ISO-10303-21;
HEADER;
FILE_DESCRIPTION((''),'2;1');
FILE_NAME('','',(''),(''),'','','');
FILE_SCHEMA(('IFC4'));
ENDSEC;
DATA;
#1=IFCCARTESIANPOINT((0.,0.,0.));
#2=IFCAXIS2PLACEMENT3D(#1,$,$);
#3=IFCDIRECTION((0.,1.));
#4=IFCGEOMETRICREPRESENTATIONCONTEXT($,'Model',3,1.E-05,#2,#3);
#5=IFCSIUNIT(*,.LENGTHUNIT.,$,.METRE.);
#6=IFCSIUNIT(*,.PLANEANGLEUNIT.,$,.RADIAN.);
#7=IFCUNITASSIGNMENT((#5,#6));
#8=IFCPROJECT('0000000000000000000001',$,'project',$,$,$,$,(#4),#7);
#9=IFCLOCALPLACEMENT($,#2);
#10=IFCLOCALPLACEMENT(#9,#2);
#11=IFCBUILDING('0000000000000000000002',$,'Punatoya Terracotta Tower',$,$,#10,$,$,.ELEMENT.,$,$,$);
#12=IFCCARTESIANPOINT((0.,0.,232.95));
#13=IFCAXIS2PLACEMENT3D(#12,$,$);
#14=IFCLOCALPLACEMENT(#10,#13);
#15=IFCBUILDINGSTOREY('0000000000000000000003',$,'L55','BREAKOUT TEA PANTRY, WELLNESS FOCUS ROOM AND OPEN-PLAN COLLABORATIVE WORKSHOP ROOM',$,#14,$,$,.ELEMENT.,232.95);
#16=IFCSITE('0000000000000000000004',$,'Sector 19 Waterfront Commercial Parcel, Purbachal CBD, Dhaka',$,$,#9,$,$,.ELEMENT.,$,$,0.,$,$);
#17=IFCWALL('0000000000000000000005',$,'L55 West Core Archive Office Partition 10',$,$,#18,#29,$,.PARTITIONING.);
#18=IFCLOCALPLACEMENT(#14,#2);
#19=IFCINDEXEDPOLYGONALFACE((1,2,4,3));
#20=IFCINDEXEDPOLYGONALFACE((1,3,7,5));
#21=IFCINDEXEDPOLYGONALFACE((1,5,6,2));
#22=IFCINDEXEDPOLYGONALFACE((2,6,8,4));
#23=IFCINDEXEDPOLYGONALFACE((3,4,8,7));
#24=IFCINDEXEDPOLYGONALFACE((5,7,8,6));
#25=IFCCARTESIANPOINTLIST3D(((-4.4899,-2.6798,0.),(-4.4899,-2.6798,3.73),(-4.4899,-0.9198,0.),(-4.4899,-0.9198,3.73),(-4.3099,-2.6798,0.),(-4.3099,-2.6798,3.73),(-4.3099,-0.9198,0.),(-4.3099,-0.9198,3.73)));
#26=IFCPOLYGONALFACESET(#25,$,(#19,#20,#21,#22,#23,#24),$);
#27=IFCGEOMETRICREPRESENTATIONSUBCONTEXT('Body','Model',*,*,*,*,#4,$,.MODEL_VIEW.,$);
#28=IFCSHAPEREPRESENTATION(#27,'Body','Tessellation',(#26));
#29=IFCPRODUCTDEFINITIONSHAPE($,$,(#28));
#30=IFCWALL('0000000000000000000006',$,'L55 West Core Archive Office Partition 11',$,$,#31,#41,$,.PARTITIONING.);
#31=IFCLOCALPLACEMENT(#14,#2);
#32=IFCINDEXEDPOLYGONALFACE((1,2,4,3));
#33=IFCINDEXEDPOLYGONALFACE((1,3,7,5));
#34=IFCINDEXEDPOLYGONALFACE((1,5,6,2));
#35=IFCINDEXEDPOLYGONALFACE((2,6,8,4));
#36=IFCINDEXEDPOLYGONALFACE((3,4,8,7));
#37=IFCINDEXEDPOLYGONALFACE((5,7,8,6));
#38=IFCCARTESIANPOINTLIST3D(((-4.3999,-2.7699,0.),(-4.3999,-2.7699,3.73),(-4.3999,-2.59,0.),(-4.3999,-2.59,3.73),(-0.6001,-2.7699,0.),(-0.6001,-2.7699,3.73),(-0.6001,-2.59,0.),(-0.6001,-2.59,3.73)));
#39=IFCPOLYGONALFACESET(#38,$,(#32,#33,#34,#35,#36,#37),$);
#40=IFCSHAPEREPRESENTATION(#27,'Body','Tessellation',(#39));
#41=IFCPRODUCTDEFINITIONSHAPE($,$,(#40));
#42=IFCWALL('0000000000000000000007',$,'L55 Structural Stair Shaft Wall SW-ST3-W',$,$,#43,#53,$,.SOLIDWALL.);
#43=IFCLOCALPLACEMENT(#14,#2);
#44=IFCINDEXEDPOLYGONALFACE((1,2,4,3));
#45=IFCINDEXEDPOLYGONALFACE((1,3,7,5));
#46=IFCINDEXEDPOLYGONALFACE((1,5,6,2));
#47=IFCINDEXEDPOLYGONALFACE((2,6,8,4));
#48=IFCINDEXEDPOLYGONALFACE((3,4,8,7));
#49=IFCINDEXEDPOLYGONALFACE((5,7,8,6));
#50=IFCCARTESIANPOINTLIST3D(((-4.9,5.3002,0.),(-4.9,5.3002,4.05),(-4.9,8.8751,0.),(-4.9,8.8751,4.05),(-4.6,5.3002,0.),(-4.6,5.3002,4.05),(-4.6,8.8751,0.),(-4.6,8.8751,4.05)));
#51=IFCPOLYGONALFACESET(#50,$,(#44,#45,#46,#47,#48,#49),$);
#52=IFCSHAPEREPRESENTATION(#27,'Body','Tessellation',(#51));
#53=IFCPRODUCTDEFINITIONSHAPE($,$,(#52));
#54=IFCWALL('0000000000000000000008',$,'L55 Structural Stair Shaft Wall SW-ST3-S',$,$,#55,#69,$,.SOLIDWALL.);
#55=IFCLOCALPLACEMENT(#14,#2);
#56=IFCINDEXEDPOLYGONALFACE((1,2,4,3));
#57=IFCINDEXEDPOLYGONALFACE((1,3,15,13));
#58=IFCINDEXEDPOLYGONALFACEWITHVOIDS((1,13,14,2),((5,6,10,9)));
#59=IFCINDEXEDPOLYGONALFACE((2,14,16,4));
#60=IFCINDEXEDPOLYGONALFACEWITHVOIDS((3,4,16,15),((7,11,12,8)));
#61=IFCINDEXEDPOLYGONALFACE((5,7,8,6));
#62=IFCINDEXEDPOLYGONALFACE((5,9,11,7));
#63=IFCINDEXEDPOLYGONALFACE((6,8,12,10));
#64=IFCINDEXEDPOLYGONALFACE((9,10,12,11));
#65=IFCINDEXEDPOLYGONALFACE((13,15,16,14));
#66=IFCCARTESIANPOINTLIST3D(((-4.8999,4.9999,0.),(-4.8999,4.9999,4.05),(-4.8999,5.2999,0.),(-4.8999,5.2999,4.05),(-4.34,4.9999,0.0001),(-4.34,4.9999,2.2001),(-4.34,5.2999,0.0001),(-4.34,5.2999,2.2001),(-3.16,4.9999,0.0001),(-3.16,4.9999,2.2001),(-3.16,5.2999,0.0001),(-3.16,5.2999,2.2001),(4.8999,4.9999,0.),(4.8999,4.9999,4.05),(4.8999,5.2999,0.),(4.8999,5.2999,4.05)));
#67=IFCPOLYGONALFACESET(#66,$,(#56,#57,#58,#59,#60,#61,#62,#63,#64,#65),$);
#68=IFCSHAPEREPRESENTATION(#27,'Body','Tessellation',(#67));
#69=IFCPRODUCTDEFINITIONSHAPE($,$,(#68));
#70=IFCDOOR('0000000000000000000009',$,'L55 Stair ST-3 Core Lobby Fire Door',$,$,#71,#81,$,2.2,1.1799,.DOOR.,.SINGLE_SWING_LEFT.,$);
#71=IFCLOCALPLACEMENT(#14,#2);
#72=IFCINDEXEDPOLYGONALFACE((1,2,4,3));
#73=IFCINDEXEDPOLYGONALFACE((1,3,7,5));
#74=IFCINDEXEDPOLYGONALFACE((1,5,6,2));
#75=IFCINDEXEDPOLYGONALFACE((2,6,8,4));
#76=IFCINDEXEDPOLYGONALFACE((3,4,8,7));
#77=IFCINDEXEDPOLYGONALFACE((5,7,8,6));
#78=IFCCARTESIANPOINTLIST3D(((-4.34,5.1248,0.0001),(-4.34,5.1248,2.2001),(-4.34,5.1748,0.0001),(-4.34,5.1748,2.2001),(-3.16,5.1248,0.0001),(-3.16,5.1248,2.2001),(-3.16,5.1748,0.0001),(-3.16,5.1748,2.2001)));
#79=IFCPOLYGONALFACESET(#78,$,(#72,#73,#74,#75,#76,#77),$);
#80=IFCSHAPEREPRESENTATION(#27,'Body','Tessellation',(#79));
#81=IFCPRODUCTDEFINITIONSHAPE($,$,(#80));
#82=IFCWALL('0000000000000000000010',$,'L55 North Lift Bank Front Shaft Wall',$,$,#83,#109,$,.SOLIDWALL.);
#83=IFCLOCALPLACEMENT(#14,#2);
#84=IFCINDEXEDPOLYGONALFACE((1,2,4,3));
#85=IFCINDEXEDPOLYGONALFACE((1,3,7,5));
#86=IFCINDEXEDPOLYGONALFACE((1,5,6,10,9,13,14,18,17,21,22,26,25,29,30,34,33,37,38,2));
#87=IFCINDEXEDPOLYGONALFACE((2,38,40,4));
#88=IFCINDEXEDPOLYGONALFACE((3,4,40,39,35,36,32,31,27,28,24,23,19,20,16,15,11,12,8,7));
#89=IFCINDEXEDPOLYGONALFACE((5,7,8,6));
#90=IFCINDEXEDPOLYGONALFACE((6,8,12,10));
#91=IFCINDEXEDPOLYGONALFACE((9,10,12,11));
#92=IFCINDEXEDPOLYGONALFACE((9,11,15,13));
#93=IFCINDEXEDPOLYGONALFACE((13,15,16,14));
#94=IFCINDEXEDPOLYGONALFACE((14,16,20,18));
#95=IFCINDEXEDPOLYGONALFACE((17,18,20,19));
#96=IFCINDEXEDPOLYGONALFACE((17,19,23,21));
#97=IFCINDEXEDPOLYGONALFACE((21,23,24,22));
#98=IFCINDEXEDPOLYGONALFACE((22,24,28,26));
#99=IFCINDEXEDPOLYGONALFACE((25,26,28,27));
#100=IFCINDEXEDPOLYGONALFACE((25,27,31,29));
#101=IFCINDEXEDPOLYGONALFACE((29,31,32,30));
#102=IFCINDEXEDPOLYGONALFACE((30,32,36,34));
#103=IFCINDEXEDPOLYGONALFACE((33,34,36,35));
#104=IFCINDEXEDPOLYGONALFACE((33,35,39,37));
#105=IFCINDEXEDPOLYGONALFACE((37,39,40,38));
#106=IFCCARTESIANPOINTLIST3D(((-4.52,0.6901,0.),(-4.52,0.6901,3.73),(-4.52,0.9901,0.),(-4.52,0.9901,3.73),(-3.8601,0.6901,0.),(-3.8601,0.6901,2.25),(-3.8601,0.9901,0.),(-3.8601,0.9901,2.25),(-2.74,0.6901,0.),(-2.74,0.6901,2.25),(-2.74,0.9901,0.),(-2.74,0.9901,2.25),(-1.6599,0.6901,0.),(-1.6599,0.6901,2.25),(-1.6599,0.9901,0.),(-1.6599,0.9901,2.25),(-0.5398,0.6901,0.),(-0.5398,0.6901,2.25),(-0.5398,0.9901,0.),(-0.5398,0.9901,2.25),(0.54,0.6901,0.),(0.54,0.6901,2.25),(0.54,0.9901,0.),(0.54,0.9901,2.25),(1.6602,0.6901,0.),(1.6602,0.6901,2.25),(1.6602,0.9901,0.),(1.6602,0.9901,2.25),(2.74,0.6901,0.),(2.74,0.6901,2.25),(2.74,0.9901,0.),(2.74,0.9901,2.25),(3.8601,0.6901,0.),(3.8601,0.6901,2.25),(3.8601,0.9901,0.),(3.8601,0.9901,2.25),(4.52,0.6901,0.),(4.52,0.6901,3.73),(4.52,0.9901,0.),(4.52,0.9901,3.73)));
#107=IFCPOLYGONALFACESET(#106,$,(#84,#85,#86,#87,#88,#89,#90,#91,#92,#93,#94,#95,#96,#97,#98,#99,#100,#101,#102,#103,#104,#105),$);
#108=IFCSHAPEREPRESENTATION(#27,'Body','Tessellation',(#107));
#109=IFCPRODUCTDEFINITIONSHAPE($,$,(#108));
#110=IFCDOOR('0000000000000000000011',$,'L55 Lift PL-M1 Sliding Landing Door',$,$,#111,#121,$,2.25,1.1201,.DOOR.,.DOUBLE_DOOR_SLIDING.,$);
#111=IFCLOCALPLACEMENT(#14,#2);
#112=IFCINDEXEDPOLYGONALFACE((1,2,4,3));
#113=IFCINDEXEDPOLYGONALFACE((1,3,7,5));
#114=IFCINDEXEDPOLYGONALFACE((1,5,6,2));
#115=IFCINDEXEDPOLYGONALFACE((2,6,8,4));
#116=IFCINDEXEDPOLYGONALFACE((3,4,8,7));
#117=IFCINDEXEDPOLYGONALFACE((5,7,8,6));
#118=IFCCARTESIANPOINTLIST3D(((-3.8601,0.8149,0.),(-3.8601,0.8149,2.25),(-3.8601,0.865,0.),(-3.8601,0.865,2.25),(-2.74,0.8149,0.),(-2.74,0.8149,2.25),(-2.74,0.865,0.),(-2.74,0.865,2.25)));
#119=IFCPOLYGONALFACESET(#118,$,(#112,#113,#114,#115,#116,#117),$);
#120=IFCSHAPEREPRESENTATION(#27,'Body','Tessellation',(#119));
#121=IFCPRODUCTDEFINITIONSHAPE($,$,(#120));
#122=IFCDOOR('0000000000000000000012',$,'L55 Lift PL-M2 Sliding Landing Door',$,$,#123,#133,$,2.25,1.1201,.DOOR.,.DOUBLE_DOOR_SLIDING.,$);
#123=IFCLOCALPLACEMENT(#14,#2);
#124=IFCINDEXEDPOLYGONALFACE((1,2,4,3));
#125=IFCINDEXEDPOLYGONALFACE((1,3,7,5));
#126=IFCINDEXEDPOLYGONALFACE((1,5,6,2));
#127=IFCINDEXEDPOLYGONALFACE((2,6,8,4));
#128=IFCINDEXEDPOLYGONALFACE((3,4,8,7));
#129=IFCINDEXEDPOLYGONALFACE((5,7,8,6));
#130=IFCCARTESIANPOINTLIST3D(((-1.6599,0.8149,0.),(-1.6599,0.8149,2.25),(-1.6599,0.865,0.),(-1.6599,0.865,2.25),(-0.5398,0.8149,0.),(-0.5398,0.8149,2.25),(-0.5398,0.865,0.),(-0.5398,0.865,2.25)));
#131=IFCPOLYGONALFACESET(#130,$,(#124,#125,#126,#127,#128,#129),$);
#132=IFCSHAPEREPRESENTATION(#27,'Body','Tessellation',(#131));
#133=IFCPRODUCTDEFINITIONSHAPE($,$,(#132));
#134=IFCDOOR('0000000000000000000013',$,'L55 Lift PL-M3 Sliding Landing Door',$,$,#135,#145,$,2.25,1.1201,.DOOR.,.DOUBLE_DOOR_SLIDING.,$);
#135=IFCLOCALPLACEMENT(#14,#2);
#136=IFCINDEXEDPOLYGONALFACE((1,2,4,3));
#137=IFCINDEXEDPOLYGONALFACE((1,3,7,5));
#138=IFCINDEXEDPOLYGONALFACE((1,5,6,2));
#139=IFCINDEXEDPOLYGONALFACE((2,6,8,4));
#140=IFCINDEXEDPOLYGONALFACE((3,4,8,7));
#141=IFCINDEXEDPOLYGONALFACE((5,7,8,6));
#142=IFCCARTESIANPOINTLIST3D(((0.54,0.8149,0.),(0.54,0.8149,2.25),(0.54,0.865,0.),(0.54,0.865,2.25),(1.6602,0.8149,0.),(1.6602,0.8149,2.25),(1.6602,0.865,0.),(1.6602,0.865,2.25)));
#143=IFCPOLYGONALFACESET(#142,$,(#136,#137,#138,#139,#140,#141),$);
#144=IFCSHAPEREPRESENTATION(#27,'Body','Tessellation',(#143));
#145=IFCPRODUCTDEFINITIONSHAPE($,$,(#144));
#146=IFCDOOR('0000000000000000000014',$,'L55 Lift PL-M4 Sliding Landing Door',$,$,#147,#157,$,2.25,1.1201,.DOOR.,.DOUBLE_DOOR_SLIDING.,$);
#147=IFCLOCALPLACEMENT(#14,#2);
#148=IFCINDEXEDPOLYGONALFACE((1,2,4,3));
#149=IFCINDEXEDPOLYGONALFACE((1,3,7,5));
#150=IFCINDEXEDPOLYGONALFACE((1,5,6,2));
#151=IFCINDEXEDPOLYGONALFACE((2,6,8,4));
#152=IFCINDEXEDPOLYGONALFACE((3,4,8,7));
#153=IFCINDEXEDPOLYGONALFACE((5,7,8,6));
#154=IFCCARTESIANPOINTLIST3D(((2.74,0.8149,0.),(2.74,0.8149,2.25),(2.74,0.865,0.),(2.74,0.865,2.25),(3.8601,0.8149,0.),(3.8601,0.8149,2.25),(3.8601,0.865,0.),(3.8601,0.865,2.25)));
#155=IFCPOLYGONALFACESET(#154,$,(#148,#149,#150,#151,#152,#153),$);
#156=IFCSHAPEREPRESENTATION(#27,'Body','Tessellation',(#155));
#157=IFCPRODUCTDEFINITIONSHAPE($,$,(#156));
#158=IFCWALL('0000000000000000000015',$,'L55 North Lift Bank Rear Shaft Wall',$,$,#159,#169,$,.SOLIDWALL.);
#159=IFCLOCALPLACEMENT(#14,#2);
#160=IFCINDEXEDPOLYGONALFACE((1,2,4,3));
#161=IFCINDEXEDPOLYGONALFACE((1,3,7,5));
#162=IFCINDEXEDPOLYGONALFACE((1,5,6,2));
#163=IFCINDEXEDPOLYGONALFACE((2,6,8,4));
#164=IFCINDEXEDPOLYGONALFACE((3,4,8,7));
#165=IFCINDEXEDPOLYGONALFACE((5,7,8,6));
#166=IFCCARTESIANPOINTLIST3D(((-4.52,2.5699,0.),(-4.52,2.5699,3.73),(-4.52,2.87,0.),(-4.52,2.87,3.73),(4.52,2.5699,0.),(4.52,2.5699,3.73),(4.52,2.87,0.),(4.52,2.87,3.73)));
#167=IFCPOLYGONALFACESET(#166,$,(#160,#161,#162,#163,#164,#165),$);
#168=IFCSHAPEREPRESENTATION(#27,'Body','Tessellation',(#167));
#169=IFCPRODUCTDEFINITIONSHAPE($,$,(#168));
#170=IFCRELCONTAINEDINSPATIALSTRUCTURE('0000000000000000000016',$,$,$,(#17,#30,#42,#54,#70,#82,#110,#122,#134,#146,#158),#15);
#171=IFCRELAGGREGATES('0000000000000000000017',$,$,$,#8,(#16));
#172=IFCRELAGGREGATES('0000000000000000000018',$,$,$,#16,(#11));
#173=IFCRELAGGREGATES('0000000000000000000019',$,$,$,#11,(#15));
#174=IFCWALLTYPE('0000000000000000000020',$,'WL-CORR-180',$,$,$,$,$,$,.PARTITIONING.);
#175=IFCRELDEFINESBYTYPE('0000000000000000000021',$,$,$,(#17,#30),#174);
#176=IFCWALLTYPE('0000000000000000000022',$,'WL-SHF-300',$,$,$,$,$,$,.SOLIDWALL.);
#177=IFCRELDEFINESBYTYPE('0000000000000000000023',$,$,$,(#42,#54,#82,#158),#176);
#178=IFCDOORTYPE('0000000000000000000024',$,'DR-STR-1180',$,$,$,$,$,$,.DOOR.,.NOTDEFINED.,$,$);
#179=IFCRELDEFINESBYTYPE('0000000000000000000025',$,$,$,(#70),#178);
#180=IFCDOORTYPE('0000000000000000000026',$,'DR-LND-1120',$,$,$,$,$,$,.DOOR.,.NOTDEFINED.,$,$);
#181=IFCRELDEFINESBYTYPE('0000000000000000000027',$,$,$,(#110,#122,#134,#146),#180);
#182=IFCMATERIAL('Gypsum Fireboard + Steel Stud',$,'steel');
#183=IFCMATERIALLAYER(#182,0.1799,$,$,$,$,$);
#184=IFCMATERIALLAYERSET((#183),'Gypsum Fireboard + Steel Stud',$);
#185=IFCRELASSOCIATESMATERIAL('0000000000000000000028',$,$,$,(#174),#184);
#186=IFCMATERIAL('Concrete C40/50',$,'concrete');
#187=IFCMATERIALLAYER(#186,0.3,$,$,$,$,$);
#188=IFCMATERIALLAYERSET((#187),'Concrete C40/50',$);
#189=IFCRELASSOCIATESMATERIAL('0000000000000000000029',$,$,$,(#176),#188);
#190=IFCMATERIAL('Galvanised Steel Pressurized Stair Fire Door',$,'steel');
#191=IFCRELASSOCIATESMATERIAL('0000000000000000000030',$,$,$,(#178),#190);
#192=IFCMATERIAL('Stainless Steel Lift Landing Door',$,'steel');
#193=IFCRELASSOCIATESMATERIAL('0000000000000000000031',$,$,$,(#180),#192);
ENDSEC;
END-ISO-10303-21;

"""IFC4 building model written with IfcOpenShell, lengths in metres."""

from ifc_helpers import new_model, si_unit, direction, frame, frame_2d, origin, place, context, subcontext, project, spatial, rectangle, extrude, material, layer, layer_set, type_object, element, fill, save


model = new_model("IFC4")

# Units and contexts
model_context = context("Model", 3, precision=1e-05, world=origin(), true_north=direction((0.0, 1.0)))
body_context = subcontext(model_context, "Body", "Model", "MODEL_VIEW")
ifc_project = project(units=[si_unit("LENGTHUNIT", "METRE"), si_unit("PLANEANGLEUNIT", "RADIAN")], contexts=[model_context])

# Site, building, storey
site_placement = place(None, origin())
site = spatial("IfcSite", under=ifc_project, at=site_placement, Name="Sector 19 Waterfront Commercial Parcel, Purbachal CBD, Dhaka", CompositionType="ELEMENT", RefElevation=0.0)
building_placement = place(site_placement, origin())
building = spatial("IfcBuilding", under=site, at=building_placement, Name="Punatoya Terracotta Tower", CompositionType="ELEMENT")
storey_placement = place(building_placement, frame((0.0, 0.0, 232.95)))
storey = spatial("IfcBuildingStorey", under=building, at=storey_placement, Name="L55", Description="BREAKOUT TEA PANTRY, WELLNESS FOCUS ROOM AND OPEN-PLAN COLLABORATIVE WORKSHOP ROOM", CompositionType="ELEMENT", Elevation=232.95)

# Shared definitions
ifc_material_1 = material(Name="Concrete C40/50", Category="concrete")

# Shared definitions
ifc_material_2 = material(Name="Gypsum Fireboard + Steel Stud", Category="steel")
ifc_layer_1 = layer(ifc_material_2, 0.1799)
ifc_layer_set_1 = layer_set([ifc_layer_1], Name="Gypsum Fireboard + Steel Stud")
wall_type_1 = type_object("IfcWallType", Name="WL-CORR-180", PredefinedType="PARTITIONING", material=ifc_layer_set_1)

# Walls
wall_1_placement = place(storey_placement, frame((-4.3999, -0.9199, 0.0), z_axis=(0.0, 0.0, 1.0), x_axis=(0.0, -1.0, 0.0)))
element("IfcWall", 1, at=wall_1_placement, inside=storey, type_object=wall_type_1, Name="L55 West Core Archive Office Partition 10", PredefinedType="PARTITIONING", context=body_context, shape_type="SweptSolid", body=[
    extrude(rectangle(XDim=1.76, YDim=0.1799, at=frame_2d((0.8799, 0.0))), origin(), (0.0, 0.0, 1.0), 3.73),
])
wall_2_placement = place(storey_placement, frame((-4.3999, -2.6799, 0.0), z_axis=(0.0, 0.0, 1.0), x_axis=(1.0, 0.0, 0.0)))
element("IfcWall", 2, at=wall_2_placement, inside=storey, type_object=wall_type_1, Name="L55 West Core Archive Office Partition 11", PredefinedType="PARTITIONING", context=body_context, shape_type="SweptSolid", body=[
    extrude(rectangle(XDim=3.7998, YDim=0.1799, at=frame_2d((1.8999, 0.0))), origin(), (0.0, 0.0, 1.0), 3.73),
])
ifc_layer_2 = layer(ifc_material_1, 0.3)
ifc_layer_set_2 = layer_set([ifc_layer_2], Name="Concrete C40/50")
wall_type_2 = type_object("IfcWallType", Name="WL-SHF-300", PredefinedType="SOLIDWALL", material=ifc_layer_set_2)
wall_3_placement = place(storey_placement, frame((-4.75, 5.3, 0.0), z_axis=(0.0, 0.0, 1.0), x_axis=(0.0, 1.0, 0.0)))
element("IfcWall", 3, at=wall_3_placement, inside=storey, type_object=wall_type_2, Name="L55 Structural Stair Shaft Wall SW-ST3-W", PredefinedType="SOLIDWALL", context=body_context, shape_type="SweptSolid", body=[
    extrude(rectangle(XDim=3.575, YDim=0.3, at=frame_2d((1.7876, 0.0))), origin(), (0.0, 0.0, 1.0), 4.05),
])

# Wall, opening, door
wall_4_placement = place(storey_placement, frame((-4.8999, 5.1499, 0.0), z_axis=(0.0, 0.0, 1.0), x_axis=(1.0, 0.0, 0.0)))
wall_4 = element("IfcWall", 4, at=wall_4_placement, inside=storey, type_object=wall_type_2, Name="L55 Structural Stair Shaft Wall SW-ST3-S", PredefinedType="SOLIDWALL", context=body_context, shape_type="SweptSolid", body=[
    extrude(rectangle(XDim=9.7998, YDim=0.3, at=frame_2d((4.8999, 0.0))), origin(), (0.0, 0.0, 1.0), 4.05),
])
opening_1_placement = place(wall_4_placement, frame((0.5601, 0.0, 0.0)))
opening_1 = element("IfcOpeningElement", 5, at=opening_1_placement, cuts=wall_4, PredefinedType="OPENING", context=body_context, shape_type="SweptSolid", body=[
    extrude(rectangle(XDim=1.1799, YDim=2.2, at=frame_2d((0.5898, 1.1001))), frame((0.0, 0.1599, 0.0), z_axis=(0.0, -1.0, 0.0), x_axis=(1.0, 0.0, 0.0)), (0.0, 0.0, 1.0), 0.3201),
])
ifc_material_3 = material(Name="Galvanised Steel Pressurized Stair Fire Door", Category="steel")
door_type_1 = type_object("IfcDoorType", Name="DR-STR-1180", OperationType="NOTDEFINED", PredefinedType="DOOR", material=ifc_material_3)
door_1_placement = place(opening_1_placement, origin())
door_1 = element("IfcDoor", 6, at=door_1_placement, inside=storey, type_object=door_type_1, Name="L55 Stair ST-3 Core Lobby Fire Door", OperationType="SINGLE_SWING_LEFT", OverallHeight=2.2, OverallWidth=1.1799, PredefinedType="DOOR", context=body_context, shape_type="SweptSolid", body=[
    extrude(rectangle(XDim=1.1799, YDim=2.2, at=frame_2d((0.5898, 1.1001))), frame((0.0, 0.0249, 0.0), z_axis=(0.0, -1.0, 0.0), x_axis=(1.0, 0.0, 0.0)), (0.0, 0.0, 1.0), 0.05),
])
fill(opening_1, door_1)

# Wall, openings, doors
wall_5_placement = place(storey_placement, frame((-4.52, 0.8401, 0.0), z_axis=(0.0, 0.0, 1.0), x_axis=(1.0, 0.0, 0.0)))
wall_5 = element("IfcWall", 7, at=wall_5_placement, inside=storey, type_object=wall_type_2, Name="L55 North Lift Bank Front Shaft Wall", PredefinedType="SOLIDWALL", context=body_context, shape_type="SweptSolid", body=[
    extrude(rectangle(XDim=9.04, YDim=0.3, at=frame_2d((4.52, 0.0))), origin(), (0.0, 0.0, 1.0), 3.73),
])
opening_2_placement = place(wall_5_placement, frame((0.6599, 0.0, 0.0)))
opening_2 = element("IfcOpeningElement", 8, at=opening_2_placement, cuts=wall_5, PredefinedType="OPENING", context=body_context, shape_type="SweptSolid", body=[
    extrude(rectangle(XDim=1.1201, YDim=2.25, at=frame_2d((0.5601, 1.125))), frame((0.0, 0.1599, 0.0), z_axis=(0.0, -1.0, 0.0), x_axis=(1.0, 0.0, 0.0)), (0.0, 0.0, 1.0), 0.3201),
])
opening_3_placement = place(wall_5_placement, frame((2.8601, 0.0, 0.0)))
opening_3 = element("IfcOpeningElement", 9, at=opening_3_placement, cuts=wall_5, PredefinedType="OPENING", context=body_context, shape_type="SweptSolid", body=[
    extrude(rectangle(XDim=1.1201, YDim=2.25, at=frame_2d((0.5601, 1.125))), frame((0.0, 0.1599, 0.0), z_axis=(0.0, -1.0, 0.0), x_axis=(1.0, 0.0, 0.0)), (0.0, 0.0, 1.0), 0.3201),
])
opening_4_placement = place(wall_5_placement, frame((5.0601, 0.0, 0.0)))
opening_4 = element("IfcOpeningElement", 10, at=opening_4_placement, cuts=wall_5, PredefinedType="OPENING", context=body_context, shape_type="SweptSolid", body=[
    extrude(rectangle(XDim=1.1201, YDim=2.25, at=frame_2d((0.5601, 1.125))), frame((0.0, 0.1599, 0.0), z_axis=(0.0, -1.0, 0.0), x_axis=(1.0, 0.0, 0.0)), (0.0, 0.0, 1.0), 0.3201),
])
opening_5_placement = place(wall_5_placement, frame((7.26, 0.0, 0.0)))
opening_5 = element("IfcOpeningElement", 11, at=opening_5_placement, cuts=wall_5, PredefinedType="OPENING", context=body_context, shape_type="SweptSolid", body=[
    extrude(rectangle(XDim=1.1201, YDim=2.25, at=frame_2d((0.5601, 1.125))), frame((0.0, 0.1599, 0.0), z_axis=(0.0, -1.0, 0.0), x_axis=(1.0, 0.0, 0.0)), (0.0, 0.0, 1.0), 0.3201),
])
ifc_material_4 = material(Name="Stainless Steel Lift Landing Door", Category="steel")
door_type_2 = type_object("IfcDoorType", Name="DR-LND-1120", OperationType="NOTDEFINED", PredefinedType="DOOR", material=ifc_material_4)
door_2_placement = place(opening_2_placement, origin())
door_2 = element("IfcDoor", 12, at=door_2_placement, inside=storey, type_object=door_type_2, Name="L55 Lift PL-M1 Sliding Landing Door", OperationType="DOUBLE_DOOR_SLIDING", OverallHeight=2.25, OverallWidth=1.1201, PredefinedType="DOOR", context=body_context, shape_type="SweptSolid", body=[
    extrude(rectangle(XDim=1.1201, YDim=2.25, at=frame_2d((0.5601, 1.125))), frame((0.0, 0.0249, 0.0), z_axis=(0.0, -1.0, 0.0), x_axis=(1.0, 0.0, 0.0)), (0.0, 0.0, 1.0), 0.05),
])
fill(opening_2, door_2)
door_3_placement = place(opening_3_placement, origin())
door_3 = element("IfcDoor", 13, at=door_3_placement, inside=storey, type_object=door_type_2, Name="L55 Lift PL-M2 Sliding Landing Door", OperationType="DOUBLE_DOOR_SLIDING", OverallHeight=2.25, OverallWidth=1.1201, PredefinedType="DOOR", context=body_context, shape_type="SweptSolid", body=[
    extrude(rectangle(XDim=1.1201, YDim=2.25, at=frame_2d((0.5601, 1.125))), frame((0.0, 0.0249, 0.0), z_axis=(0.0, -1.0, 0.0), x_axis=(1.0, 0.0, 0.0)), (0.0, 0.0, 1.0), 0.05),
])
fill(opening_3, door_3)
door_4_placement = place(opening_4_placement, origin())
door_4 = element("IfcDoor", 14, at=door_4_placement, inside=storey, type_object=door_type_2, Name="L55 Lift PL-M3 Sliding Landing Door", OperationType="DOUBLE_DOOR_SLIDING", OverallHeight=2.25, OverallWidth=1.1201, PredefinedType="DOOR", context=body_context, shape_type="SweptSolid", body=[
    extrude(rectangle(XDim=1.1201, YDim=2.25, at=frame_2d((0.5601, 1.125))), frame((0.0, 0.0249, 0.0), z_axis=(0.0, -1.0, 0.0), x_axis=(1.0, 0.0, 0.0)), (0.0, 0.0, 1.0), 0.05),
])
fill(opening_4, door_4)
door_5_placement = place(opening_5_placement, origin())
door_5 = element("IfcDoor", 15, at=door_5_placement, inside=storey, type_object=door_type_2, Name="L55 Lift PL-M4 Sliding Landing Door", OperationType="DOUBLE_DOOR_SLIDING", OverallHeight=2.25, OverallWidth=1.1201, PredefinedType="DOOR", context=body_context, shape_type="SweptSolid", body=[
    extrude(rectangle(XDim=1.1201, YDim=2.25, at=frame_2d((0.5601, 1.125))), frame((0.0, 0.0249, 0.0), z_axis=(0.0, -1.0, 0.0), x_axis=(1.0, 0.0, 0.0)), (0.0, 0.0, 1.0), 0.05),
])
fill(opening_5, door_5)

# Wall
wall_6_placement = place(storey_placement, frame((-4.52, 2.72, 0.0), z_axis=(0.0, 0.0, 1.0), x_axis=(1.0, 0.0, 0.0)))
element("IfcWall", 16, at=wall_6_placement, inside=storey, type_object=wall_type_2, Name="L55 North Lift Bank Rear Shaft Wall", PredefinedType="SOLIDWALL", context=body_context, shape_type="SweptSolid", body=[
    extrude(rectangle(XDim=9.04, YDim=0.3, at=frame_2d((4.52, 0.0))), origin(), (0.0, 0.0, 1.0), 3.73),
])

save(model, "model.ifc")
